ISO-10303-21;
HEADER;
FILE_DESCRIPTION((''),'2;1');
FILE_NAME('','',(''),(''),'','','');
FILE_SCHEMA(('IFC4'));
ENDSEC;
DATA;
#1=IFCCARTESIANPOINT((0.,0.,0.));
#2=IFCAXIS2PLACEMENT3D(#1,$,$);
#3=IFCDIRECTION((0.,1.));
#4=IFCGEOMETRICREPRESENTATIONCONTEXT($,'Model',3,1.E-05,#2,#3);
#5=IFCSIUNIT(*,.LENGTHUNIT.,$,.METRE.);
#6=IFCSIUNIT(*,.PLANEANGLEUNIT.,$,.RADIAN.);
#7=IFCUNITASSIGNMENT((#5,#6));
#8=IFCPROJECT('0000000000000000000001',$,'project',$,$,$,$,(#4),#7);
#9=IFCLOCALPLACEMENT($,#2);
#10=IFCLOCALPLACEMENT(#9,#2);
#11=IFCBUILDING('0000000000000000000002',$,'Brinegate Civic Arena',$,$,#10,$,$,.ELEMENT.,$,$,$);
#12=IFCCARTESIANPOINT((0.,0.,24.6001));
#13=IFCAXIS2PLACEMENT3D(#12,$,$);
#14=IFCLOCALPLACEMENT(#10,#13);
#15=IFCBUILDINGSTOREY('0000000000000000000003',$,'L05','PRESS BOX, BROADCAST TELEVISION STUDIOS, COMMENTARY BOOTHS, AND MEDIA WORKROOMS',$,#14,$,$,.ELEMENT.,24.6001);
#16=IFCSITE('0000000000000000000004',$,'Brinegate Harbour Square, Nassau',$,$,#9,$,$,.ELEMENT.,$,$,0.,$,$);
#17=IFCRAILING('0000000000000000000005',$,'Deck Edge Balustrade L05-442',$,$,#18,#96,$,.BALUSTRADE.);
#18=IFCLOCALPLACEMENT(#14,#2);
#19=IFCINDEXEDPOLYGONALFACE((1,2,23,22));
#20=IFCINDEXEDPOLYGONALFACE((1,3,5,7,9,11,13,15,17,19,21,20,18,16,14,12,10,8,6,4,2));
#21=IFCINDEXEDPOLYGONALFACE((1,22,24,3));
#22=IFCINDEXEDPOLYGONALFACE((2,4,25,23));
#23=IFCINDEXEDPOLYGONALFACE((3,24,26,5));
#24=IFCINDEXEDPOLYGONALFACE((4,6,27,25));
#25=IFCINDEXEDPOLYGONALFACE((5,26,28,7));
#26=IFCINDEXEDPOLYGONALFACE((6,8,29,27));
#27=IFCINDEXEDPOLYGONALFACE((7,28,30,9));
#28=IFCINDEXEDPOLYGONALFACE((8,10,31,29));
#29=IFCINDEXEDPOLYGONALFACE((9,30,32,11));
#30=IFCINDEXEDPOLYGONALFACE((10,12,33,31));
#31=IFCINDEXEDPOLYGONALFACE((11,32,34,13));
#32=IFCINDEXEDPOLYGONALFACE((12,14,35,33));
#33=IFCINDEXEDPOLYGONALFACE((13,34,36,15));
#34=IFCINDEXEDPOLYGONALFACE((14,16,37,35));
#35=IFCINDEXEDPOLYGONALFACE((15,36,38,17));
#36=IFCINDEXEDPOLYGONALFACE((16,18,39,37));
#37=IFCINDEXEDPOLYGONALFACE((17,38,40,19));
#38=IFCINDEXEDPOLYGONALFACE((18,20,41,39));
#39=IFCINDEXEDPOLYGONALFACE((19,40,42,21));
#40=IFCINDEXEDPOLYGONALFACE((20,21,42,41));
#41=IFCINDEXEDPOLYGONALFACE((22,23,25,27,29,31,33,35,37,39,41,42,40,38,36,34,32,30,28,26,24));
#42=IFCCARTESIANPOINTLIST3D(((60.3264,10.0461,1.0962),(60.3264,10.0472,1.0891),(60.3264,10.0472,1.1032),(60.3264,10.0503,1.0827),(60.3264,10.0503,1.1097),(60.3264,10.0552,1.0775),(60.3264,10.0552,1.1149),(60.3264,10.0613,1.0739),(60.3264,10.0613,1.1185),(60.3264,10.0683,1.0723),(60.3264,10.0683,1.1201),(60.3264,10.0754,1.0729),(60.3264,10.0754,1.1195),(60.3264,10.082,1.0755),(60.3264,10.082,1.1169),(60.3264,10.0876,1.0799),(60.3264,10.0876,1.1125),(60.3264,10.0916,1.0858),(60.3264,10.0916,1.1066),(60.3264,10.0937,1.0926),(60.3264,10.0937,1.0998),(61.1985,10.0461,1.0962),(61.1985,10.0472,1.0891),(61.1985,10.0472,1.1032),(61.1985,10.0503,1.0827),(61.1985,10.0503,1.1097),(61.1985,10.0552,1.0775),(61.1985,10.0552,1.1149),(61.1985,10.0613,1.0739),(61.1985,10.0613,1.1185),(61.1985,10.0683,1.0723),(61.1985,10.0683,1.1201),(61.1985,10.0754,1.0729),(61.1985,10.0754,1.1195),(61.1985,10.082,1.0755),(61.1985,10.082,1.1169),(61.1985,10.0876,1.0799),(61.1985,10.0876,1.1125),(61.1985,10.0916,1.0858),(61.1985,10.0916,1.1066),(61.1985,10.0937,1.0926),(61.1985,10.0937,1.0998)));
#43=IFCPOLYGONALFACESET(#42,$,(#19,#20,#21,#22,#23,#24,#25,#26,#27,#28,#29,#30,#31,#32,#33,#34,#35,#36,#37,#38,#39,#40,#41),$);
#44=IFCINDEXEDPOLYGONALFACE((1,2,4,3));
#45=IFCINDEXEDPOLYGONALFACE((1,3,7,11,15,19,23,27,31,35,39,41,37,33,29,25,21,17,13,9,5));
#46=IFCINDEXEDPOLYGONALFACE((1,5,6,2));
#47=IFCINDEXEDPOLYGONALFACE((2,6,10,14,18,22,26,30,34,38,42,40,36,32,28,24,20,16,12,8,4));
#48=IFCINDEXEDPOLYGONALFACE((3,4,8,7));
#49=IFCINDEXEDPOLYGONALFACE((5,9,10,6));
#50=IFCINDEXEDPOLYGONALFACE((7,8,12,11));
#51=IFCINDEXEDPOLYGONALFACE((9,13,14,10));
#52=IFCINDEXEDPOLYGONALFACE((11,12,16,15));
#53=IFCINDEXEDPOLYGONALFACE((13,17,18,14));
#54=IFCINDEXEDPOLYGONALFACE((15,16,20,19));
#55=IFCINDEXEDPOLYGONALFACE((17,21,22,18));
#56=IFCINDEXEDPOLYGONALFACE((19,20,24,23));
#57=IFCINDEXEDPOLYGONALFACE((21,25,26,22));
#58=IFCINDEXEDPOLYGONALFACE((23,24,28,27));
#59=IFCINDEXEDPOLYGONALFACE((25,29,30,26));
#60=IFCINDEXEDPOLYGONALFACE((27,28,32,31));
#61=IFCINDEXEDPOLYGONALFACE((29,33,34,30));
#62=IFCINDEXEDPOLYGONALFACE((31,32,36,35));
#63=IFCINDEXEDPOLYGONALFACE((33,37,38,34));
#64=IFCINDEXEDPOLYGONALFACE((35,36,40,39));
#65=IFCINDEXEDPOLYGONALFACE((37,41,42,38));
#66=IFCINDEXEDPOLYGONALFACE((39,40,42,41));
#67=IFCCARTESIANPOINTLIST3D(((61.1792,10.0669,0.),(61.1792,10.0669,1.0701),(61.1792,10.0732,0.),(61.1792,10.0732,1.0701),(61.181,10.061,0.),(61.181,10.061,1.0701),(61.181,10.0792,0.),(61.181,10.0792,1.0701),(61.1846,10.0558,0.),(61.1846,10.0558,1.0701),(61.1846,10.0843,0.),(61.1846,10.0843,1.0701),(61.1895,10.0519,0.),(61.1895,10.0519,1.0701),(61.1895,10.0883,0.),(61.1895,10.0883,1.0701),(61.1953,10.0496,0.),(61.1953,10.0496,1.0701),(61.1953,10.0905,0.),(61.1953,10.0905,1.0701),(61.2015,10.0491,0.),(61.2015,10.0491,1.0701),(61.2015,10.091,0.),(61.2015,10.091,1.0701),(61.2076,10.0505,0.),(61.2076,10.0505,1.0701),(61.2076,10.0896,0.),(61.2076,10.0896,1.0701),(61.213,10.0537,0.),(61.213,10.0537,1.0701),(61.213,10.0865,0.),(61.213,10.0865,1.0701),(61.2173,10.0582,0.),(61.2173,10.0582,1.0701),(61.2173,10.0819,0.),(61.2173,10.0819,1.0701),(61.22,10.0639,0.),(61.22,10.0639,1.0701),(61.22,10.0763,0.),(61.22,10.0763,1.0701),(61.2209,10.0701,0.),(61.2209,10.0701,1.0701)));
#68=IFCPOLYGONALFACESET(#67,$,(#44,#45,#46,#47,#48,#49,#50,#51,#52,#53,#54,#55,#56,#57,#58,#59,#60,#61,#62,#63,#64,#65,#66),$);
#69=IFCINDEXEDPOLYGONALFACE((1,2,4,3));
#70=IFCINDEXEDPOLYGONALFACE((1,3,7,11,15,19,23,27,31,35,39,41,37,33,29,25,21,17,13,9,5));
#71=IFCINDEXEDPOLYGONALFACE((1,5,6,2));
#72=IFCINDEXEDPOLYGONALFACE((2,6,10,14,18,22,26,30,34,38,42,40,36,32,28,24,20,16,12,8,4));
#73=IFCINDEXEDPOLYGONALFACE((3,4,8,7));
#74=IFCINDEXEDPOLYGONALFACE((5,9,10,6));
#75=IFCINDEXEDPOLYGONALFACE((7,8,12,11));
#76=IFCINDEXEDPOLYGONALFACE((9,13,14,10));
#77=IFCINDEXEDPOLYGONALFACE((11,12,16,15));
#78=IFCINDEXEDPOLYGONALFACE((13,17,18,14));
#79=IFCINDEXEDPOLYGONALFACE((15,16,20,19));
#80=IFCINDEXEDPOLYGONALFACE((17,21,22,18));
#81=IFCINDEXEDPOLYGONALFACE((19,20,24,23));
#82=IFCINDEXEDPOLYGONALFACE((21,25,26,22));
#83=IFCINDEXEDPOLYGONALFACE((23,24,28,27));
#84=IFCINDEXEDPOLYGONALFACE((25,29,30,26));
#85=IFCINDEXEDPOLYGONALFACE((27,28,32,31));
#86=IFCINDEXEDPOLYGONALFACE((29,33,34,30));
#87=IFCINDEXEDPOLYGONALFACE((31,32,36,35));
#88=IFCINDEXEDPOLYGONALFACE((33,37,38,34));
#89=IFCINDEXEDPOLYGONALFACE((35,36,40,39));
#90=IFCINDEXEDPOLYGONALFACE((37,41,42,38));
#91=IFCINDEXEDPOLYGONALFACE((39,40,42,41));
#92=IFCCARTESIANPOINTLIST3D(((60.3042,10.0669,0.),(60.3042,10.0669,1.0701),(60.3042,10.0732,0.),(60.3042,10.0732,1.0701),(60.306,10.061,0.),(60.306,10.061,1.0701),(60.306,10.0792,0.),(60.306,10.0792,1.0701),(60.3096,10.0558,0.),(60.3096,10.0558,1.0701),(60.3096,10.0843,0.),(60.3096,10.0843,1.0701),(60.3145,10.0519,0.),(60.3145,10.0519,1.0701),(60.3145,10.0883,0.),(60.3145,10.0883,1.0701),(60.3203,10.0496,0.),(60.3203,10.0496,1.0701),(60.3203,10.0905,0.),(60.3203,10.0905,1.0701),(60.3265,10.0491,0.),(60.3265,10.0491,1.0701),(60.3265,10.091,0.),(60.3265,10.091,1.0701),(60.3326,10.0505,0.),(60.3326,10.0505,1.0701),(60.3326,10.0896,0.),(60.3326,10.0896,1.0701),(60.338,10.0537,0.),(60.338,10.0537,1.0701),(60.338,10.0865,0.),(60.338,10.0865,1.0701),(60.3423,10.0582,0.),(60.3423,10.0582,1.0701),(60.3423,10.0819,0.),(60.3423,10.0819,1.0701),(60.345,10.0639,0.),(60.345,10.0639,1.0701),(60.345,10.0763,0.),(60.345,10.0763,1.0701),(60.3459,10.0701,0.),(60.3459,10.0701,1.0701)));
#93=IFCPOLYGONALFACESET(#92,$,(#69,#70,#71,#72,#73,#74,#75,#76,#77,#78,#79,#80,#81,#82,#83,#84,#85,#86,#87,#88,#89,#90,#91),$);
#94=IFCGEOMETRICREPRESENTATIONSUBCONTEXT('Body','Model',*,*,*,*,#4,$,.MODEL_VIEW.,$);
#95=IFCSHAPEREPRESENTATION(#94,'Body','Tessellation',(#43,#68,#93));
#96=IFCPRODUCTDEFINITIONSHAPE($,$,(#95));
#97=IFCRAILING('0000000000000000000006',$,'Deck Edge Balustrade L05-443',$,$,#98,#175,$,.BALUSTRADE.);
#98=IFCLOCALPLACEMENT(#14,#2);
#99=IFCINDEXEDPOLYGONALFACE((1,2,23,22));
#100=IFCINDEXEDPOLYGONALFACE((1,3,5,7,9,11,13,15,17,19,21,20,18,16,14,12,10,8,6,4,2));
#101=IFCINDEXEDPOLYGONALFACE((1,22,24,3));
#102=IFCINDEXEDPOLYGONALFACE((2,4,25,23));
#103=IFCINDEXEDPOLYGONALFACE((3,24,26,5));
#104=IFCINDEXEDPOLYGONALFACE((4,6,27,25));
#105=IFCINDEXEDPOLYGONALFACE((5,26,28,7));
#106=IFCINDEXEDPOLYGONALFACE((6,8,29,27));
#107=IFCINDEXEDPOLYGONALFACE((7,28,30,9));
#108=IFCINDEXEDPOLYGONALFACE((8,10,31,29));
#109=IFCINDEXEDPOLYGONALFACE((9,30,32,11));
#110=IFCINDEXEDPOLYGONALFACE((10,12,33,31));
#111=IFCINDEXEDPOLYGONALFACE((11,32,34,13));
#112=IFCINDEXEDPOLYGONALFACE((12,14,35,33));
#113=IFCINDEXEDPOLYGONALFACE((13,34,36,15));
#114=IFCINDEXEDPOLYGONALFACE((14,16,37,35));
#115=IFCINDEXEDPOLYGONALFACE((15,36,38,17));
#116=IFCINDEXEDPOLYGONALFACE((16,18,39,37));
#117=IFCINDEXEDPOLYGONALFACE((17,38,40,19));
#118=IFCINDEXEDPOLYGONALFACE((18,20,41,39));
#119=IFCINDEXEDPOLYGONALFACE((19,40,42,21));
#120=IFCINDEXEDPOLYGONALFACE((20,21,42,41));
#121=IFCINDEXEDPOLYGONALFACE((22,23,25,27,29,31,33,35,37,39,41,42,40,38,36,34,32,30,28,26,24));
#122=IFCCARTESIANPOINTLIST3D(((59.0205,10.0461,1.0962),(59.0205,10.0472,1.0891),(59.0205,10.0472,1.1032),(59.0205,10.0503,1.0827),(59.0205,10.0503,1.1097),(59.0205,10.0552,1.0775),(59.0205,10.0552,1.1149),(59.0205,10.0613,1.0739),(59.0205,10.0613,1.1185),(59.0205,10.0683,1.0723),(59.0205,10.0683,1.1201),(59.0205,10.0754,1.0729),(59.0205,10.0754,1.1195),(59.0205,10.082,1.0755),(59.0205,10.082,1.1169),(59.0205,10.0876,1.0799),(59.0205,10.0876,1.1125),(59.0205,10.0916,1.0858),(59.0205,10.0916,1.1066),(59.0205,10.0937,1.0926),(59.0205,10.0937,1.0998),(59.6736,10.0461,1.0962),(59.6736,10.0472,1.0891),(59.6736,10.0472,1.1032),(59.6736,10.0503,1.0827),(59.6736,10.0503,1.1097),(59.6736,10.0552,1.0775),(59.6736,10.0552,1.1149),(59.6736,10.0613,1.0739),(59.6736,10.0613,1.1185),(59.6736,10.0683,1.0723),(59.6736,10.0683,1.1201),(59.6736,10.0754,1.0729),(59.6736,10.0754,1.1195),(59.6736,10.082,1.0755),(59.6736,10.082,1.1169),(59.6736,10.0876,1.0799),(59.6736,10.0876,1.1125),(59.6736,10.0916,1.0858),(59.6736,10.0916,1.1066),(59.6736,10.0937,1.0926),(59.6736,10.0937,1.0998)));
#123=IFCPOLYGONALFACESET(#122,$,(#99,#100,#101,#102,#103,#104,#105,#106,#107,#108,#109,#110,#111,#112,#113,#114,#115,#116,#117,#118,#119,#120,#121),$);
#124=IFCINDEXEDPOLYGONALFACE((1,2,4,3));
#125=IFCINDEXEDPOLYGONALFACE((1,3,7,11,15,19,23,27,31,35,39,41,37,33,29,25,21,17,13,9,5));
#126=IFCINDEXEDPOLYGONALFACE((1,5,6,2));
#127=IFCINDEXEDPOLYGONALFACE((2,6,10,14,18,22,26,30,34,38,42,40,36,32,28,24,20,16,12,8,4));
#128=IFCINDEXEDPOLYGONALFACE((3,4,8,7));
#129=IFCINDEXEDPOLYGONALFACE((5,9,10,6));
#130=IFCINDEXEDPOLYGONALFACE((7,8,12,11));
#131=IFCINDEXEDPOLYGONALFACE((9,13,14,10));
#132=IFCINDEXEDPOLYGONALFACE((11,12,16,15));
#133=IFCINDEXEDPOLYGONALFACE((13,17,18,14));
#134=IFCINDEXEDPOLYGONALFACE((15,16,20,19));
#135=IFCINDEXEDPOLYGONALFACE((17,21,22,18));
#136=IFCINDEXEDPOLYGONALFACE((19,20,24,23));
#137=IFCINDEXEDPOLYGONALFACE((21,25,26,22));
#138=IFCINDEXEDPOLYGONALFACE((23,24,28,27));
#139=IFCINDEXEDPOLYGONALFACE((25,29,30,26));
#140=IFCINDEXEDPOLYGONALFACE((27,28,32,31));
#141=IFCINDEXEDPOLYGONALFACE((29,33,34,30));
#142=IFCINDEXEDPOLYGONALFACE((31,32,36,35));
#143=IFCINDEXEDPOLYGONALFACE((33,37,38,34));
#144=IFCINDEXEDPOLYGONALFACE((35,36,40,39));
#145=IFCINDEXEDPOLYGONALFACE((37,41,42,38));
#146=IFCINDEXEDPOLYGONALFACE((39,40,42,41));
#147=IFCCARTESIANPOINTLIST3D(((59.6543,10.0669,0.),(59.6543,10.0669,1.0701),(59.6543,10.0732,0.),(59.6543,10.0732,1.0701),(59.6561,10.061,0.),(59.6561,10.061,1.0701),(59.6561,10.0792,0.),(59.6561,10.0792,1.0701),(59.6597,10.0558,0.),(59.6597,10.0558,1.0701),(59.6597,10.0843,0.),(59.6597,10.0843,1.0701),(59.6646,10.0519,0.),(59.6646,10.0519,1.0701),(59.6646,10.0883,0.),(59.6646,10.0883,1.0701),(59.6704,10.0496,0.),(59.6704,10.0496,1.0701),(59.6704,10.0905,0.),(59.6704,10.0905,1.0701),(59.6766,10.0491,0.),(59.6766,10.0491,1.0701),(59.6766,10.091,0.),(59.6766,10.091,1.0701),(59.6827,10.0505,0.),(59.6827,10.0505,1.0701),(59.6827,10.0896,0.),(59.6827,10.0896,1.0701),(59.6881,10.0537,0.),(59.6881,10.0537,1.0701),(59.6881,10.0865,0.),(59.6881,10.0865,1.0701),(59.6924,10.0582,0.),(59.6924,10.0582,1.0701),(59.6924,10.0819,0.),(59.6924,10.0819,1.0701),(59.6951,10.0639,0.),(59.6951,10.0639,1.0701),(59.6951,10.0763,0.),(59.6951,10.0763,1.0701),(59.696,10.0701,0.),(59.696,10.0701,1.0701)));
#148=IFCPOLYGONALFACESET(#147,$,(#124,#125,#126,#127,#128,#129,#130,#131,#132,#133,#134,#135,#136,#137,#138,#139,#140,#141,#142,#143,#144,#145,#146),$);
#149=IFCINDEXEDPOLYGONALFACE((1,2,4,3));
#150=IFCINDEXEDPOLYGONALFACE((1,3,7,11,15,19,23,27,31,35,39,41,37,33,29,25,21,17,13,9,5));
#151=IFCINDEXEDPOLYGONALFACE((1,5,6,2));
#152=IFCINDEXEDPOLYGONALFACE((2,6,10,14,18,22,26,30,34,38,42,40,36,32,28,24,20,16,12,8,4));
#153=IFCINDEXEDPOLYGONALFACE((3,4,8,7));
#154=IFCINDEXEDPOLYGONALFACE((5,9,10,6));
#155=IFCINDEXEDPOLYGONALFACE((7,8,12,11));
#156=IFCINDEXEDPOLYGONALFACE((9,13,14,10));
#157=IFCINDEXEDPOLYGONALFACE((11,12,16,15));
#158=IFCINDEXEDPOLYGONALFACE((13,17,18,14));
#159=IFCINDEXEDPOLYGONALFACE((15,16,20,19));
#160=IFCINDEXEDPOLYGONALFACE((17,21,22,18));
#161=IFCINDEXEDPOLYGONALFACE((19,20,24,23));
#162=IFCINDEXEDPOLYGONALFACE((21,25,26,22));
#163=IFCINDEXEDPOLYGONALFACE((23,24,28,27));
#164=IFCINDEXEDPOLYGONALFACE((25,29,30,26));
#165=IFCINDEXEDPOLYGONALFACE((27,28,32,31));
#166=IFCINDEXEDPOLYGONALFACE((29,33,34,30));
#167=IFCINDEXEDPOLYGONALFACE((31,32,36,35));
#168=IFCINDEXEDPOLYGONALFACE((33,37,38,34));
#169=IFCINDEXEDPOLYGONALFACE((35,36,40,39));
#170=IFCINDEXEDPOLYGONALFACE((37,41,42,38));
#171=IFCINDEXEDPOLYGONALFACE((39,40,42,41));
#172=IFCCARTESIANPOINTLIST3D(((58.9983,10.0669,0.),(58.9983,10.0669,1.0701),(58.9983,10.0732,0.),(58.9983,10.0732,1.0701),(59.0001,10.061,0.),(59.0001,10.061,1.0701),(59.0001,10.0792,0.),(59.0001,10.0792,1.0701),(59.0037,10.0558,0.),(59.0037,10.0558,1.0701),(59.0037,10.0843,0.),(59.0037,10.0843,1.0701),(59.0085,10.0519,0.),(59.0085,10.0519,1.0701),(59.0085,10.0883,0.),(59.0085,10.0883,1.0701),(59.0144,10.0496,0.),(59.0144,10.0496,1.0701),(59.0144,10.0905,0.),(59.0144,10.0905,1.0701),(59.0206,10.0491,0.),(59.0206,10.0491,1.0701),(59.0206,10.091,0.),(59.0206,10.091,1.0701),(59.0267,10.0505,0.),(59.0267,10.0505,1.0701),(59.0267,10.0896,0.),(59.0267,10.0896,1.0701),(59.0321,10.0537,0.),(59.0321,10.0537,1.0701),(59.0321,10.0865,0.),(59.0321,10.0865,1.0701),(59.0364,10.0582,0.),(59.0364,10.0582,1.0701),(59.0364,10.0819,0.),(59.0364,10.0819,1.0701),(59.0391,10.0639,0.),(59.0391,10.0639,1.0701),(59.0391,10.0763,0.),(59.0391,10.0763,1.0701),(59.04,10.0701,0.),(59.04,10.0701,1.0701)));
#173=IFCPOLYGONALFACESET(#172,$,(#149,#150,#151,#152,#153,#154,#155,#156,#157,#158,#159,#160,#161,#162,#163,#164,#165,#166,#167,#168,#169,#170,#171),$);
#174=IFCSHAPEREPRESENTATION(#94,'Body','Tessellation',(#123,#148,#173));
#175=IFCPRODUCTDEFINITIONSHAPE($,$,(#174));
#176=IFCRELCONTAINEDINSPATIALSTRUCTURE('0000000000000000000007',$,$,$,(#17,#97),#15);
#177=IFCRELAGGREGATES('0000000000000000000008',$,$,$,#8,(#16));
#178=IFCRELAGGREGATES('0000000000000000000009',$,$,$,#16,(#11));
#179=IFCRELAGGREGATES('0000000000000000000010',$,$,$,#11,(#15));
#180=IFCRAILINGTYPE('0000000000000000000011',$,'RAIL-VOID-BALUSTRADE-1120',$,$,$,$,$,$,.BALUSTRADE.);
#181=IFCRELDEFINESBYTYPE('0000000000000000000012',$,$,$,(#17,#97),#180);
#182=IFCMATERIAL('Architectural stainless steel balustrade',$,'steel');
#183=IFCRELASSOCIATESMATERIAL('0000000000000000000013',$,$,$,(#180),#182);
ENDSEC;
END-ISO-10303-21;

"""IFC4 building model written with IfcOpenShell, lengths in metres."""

from ifc_helpers import new_model, si_unit, direction, frame, origin, origin_2d, place, context, subcontext, project, spatial, circle, extrude, material, type_object, element, save


model = new_model("IFC4")

# Units and contexts
model_context = context("Model", 3, precision=1e-05, world=origin(), true_north=direction((0.0, 1.0)))
body_context = subcontext(model_context, "Body", "Model", "MODEL_VIEW")
ifc_project = project(units=[si_unit("LENGTHUNIT", "METRE"), si_unit("PLANEANGLEUNIT", "RADIAN")], contexts=[model_context])

# Site, building, storey
site_placement = place(None, origin())
site = spatial("IfcSite", under=ifc_project, at=site_placement, Name="Brinegate Harbour Square, Nassau", CompositionType="ELEMENT", RefElevation=0.0)
building_placement = place(site_placement, origin())
building = spatial("IfcBuilding", under=site, at=building_placement, Name="Brinegate Civic Arena", CompositionType="ELEMENT")
storey_placement = place(building_placement, frame((0.0, 0.0, 24.6001)))
storey = spatial("IfcBuildingStorey", under=building, at=storey_placement, Name="L05", Description="PRESS BOX, BROADCAST TELEVISION STUDIOS, COMMENTARY BOOTHS, AND MEDIA WORKROOMS", CompositionType="ELEMENT", Elevation=24.6001)

# Railings
ifc_material_1 = material(Name="Architectural stainless steel balustrade", Category="steel")
railing_type = type_object("IfcRailingType", Name="RAIL-VOID-BALUSTRADE-1120", PredefinedType="BALUSTRADE", material=ifc_material_1)
railing_1_placement = place(storey_placement, frame((61.2, 10.0701, 0.0)))
element("IfcRailing", 1, at=railing_1_placement, inside=storey, type_object=railing_type, Name="Deck Edge Balustrade L05-442", PredefinedType="BALUSTRADE", context=body_context, shape_type="SweptSolid", body=[
    extrude(circle(Radius=0.0239, at=origin_2d()), frame((-0.0015, 0.0, 1.0962), z_axis=(-1.0, 0.0, 0.0), x_axis=(0.0, -1.0, 0.0)), (0.0, 0.0, 1.0), 0.8721),
    extrude(circle(Radius=0.021, at=origin_2d()), origin(), (0.0, 0.0, 1.0), 1.0701),
    extrude(circle(Radius=0.021, at=origin_2d()), frame((-0.875, 0.0, 0.0)), (0.0, 0.0, 1.0), 1.0701),
])
railing_2_placement = place(storey_placement, frame((59.675, 10.0701, 0.0)))
element("IfcRailing", 2, at=railing_2_placement, inside=storey, type_object=railing_type, Name="Deck Edge Balustrade L05-443", PredefinedType="BALUSTRADE", context=body_context, shape_type="SweptSolid", body=[
    extrude(circle(Radius=0.0239, at=origin_2d()), frame((-0.0015, 0.0, 1.0962), z_axis=(-1.0, 0.0, 0.0), x_axis=(0.0, -1.0, 0.0)), (0.0, 0.0, 1.0), 0.6531),
    extrude(circle(Radius=0.021, at=origin_2d()), origin(), (0.0, 0.0, 1.0), 1.0701),
    extrude(circle(Radius=0.021, at=origin_2d()), frame((-0.656, 0.0, 0.0)), (0.0, 0.0, 1.0), 1.0701),
])

save(model, "model.ifc")
